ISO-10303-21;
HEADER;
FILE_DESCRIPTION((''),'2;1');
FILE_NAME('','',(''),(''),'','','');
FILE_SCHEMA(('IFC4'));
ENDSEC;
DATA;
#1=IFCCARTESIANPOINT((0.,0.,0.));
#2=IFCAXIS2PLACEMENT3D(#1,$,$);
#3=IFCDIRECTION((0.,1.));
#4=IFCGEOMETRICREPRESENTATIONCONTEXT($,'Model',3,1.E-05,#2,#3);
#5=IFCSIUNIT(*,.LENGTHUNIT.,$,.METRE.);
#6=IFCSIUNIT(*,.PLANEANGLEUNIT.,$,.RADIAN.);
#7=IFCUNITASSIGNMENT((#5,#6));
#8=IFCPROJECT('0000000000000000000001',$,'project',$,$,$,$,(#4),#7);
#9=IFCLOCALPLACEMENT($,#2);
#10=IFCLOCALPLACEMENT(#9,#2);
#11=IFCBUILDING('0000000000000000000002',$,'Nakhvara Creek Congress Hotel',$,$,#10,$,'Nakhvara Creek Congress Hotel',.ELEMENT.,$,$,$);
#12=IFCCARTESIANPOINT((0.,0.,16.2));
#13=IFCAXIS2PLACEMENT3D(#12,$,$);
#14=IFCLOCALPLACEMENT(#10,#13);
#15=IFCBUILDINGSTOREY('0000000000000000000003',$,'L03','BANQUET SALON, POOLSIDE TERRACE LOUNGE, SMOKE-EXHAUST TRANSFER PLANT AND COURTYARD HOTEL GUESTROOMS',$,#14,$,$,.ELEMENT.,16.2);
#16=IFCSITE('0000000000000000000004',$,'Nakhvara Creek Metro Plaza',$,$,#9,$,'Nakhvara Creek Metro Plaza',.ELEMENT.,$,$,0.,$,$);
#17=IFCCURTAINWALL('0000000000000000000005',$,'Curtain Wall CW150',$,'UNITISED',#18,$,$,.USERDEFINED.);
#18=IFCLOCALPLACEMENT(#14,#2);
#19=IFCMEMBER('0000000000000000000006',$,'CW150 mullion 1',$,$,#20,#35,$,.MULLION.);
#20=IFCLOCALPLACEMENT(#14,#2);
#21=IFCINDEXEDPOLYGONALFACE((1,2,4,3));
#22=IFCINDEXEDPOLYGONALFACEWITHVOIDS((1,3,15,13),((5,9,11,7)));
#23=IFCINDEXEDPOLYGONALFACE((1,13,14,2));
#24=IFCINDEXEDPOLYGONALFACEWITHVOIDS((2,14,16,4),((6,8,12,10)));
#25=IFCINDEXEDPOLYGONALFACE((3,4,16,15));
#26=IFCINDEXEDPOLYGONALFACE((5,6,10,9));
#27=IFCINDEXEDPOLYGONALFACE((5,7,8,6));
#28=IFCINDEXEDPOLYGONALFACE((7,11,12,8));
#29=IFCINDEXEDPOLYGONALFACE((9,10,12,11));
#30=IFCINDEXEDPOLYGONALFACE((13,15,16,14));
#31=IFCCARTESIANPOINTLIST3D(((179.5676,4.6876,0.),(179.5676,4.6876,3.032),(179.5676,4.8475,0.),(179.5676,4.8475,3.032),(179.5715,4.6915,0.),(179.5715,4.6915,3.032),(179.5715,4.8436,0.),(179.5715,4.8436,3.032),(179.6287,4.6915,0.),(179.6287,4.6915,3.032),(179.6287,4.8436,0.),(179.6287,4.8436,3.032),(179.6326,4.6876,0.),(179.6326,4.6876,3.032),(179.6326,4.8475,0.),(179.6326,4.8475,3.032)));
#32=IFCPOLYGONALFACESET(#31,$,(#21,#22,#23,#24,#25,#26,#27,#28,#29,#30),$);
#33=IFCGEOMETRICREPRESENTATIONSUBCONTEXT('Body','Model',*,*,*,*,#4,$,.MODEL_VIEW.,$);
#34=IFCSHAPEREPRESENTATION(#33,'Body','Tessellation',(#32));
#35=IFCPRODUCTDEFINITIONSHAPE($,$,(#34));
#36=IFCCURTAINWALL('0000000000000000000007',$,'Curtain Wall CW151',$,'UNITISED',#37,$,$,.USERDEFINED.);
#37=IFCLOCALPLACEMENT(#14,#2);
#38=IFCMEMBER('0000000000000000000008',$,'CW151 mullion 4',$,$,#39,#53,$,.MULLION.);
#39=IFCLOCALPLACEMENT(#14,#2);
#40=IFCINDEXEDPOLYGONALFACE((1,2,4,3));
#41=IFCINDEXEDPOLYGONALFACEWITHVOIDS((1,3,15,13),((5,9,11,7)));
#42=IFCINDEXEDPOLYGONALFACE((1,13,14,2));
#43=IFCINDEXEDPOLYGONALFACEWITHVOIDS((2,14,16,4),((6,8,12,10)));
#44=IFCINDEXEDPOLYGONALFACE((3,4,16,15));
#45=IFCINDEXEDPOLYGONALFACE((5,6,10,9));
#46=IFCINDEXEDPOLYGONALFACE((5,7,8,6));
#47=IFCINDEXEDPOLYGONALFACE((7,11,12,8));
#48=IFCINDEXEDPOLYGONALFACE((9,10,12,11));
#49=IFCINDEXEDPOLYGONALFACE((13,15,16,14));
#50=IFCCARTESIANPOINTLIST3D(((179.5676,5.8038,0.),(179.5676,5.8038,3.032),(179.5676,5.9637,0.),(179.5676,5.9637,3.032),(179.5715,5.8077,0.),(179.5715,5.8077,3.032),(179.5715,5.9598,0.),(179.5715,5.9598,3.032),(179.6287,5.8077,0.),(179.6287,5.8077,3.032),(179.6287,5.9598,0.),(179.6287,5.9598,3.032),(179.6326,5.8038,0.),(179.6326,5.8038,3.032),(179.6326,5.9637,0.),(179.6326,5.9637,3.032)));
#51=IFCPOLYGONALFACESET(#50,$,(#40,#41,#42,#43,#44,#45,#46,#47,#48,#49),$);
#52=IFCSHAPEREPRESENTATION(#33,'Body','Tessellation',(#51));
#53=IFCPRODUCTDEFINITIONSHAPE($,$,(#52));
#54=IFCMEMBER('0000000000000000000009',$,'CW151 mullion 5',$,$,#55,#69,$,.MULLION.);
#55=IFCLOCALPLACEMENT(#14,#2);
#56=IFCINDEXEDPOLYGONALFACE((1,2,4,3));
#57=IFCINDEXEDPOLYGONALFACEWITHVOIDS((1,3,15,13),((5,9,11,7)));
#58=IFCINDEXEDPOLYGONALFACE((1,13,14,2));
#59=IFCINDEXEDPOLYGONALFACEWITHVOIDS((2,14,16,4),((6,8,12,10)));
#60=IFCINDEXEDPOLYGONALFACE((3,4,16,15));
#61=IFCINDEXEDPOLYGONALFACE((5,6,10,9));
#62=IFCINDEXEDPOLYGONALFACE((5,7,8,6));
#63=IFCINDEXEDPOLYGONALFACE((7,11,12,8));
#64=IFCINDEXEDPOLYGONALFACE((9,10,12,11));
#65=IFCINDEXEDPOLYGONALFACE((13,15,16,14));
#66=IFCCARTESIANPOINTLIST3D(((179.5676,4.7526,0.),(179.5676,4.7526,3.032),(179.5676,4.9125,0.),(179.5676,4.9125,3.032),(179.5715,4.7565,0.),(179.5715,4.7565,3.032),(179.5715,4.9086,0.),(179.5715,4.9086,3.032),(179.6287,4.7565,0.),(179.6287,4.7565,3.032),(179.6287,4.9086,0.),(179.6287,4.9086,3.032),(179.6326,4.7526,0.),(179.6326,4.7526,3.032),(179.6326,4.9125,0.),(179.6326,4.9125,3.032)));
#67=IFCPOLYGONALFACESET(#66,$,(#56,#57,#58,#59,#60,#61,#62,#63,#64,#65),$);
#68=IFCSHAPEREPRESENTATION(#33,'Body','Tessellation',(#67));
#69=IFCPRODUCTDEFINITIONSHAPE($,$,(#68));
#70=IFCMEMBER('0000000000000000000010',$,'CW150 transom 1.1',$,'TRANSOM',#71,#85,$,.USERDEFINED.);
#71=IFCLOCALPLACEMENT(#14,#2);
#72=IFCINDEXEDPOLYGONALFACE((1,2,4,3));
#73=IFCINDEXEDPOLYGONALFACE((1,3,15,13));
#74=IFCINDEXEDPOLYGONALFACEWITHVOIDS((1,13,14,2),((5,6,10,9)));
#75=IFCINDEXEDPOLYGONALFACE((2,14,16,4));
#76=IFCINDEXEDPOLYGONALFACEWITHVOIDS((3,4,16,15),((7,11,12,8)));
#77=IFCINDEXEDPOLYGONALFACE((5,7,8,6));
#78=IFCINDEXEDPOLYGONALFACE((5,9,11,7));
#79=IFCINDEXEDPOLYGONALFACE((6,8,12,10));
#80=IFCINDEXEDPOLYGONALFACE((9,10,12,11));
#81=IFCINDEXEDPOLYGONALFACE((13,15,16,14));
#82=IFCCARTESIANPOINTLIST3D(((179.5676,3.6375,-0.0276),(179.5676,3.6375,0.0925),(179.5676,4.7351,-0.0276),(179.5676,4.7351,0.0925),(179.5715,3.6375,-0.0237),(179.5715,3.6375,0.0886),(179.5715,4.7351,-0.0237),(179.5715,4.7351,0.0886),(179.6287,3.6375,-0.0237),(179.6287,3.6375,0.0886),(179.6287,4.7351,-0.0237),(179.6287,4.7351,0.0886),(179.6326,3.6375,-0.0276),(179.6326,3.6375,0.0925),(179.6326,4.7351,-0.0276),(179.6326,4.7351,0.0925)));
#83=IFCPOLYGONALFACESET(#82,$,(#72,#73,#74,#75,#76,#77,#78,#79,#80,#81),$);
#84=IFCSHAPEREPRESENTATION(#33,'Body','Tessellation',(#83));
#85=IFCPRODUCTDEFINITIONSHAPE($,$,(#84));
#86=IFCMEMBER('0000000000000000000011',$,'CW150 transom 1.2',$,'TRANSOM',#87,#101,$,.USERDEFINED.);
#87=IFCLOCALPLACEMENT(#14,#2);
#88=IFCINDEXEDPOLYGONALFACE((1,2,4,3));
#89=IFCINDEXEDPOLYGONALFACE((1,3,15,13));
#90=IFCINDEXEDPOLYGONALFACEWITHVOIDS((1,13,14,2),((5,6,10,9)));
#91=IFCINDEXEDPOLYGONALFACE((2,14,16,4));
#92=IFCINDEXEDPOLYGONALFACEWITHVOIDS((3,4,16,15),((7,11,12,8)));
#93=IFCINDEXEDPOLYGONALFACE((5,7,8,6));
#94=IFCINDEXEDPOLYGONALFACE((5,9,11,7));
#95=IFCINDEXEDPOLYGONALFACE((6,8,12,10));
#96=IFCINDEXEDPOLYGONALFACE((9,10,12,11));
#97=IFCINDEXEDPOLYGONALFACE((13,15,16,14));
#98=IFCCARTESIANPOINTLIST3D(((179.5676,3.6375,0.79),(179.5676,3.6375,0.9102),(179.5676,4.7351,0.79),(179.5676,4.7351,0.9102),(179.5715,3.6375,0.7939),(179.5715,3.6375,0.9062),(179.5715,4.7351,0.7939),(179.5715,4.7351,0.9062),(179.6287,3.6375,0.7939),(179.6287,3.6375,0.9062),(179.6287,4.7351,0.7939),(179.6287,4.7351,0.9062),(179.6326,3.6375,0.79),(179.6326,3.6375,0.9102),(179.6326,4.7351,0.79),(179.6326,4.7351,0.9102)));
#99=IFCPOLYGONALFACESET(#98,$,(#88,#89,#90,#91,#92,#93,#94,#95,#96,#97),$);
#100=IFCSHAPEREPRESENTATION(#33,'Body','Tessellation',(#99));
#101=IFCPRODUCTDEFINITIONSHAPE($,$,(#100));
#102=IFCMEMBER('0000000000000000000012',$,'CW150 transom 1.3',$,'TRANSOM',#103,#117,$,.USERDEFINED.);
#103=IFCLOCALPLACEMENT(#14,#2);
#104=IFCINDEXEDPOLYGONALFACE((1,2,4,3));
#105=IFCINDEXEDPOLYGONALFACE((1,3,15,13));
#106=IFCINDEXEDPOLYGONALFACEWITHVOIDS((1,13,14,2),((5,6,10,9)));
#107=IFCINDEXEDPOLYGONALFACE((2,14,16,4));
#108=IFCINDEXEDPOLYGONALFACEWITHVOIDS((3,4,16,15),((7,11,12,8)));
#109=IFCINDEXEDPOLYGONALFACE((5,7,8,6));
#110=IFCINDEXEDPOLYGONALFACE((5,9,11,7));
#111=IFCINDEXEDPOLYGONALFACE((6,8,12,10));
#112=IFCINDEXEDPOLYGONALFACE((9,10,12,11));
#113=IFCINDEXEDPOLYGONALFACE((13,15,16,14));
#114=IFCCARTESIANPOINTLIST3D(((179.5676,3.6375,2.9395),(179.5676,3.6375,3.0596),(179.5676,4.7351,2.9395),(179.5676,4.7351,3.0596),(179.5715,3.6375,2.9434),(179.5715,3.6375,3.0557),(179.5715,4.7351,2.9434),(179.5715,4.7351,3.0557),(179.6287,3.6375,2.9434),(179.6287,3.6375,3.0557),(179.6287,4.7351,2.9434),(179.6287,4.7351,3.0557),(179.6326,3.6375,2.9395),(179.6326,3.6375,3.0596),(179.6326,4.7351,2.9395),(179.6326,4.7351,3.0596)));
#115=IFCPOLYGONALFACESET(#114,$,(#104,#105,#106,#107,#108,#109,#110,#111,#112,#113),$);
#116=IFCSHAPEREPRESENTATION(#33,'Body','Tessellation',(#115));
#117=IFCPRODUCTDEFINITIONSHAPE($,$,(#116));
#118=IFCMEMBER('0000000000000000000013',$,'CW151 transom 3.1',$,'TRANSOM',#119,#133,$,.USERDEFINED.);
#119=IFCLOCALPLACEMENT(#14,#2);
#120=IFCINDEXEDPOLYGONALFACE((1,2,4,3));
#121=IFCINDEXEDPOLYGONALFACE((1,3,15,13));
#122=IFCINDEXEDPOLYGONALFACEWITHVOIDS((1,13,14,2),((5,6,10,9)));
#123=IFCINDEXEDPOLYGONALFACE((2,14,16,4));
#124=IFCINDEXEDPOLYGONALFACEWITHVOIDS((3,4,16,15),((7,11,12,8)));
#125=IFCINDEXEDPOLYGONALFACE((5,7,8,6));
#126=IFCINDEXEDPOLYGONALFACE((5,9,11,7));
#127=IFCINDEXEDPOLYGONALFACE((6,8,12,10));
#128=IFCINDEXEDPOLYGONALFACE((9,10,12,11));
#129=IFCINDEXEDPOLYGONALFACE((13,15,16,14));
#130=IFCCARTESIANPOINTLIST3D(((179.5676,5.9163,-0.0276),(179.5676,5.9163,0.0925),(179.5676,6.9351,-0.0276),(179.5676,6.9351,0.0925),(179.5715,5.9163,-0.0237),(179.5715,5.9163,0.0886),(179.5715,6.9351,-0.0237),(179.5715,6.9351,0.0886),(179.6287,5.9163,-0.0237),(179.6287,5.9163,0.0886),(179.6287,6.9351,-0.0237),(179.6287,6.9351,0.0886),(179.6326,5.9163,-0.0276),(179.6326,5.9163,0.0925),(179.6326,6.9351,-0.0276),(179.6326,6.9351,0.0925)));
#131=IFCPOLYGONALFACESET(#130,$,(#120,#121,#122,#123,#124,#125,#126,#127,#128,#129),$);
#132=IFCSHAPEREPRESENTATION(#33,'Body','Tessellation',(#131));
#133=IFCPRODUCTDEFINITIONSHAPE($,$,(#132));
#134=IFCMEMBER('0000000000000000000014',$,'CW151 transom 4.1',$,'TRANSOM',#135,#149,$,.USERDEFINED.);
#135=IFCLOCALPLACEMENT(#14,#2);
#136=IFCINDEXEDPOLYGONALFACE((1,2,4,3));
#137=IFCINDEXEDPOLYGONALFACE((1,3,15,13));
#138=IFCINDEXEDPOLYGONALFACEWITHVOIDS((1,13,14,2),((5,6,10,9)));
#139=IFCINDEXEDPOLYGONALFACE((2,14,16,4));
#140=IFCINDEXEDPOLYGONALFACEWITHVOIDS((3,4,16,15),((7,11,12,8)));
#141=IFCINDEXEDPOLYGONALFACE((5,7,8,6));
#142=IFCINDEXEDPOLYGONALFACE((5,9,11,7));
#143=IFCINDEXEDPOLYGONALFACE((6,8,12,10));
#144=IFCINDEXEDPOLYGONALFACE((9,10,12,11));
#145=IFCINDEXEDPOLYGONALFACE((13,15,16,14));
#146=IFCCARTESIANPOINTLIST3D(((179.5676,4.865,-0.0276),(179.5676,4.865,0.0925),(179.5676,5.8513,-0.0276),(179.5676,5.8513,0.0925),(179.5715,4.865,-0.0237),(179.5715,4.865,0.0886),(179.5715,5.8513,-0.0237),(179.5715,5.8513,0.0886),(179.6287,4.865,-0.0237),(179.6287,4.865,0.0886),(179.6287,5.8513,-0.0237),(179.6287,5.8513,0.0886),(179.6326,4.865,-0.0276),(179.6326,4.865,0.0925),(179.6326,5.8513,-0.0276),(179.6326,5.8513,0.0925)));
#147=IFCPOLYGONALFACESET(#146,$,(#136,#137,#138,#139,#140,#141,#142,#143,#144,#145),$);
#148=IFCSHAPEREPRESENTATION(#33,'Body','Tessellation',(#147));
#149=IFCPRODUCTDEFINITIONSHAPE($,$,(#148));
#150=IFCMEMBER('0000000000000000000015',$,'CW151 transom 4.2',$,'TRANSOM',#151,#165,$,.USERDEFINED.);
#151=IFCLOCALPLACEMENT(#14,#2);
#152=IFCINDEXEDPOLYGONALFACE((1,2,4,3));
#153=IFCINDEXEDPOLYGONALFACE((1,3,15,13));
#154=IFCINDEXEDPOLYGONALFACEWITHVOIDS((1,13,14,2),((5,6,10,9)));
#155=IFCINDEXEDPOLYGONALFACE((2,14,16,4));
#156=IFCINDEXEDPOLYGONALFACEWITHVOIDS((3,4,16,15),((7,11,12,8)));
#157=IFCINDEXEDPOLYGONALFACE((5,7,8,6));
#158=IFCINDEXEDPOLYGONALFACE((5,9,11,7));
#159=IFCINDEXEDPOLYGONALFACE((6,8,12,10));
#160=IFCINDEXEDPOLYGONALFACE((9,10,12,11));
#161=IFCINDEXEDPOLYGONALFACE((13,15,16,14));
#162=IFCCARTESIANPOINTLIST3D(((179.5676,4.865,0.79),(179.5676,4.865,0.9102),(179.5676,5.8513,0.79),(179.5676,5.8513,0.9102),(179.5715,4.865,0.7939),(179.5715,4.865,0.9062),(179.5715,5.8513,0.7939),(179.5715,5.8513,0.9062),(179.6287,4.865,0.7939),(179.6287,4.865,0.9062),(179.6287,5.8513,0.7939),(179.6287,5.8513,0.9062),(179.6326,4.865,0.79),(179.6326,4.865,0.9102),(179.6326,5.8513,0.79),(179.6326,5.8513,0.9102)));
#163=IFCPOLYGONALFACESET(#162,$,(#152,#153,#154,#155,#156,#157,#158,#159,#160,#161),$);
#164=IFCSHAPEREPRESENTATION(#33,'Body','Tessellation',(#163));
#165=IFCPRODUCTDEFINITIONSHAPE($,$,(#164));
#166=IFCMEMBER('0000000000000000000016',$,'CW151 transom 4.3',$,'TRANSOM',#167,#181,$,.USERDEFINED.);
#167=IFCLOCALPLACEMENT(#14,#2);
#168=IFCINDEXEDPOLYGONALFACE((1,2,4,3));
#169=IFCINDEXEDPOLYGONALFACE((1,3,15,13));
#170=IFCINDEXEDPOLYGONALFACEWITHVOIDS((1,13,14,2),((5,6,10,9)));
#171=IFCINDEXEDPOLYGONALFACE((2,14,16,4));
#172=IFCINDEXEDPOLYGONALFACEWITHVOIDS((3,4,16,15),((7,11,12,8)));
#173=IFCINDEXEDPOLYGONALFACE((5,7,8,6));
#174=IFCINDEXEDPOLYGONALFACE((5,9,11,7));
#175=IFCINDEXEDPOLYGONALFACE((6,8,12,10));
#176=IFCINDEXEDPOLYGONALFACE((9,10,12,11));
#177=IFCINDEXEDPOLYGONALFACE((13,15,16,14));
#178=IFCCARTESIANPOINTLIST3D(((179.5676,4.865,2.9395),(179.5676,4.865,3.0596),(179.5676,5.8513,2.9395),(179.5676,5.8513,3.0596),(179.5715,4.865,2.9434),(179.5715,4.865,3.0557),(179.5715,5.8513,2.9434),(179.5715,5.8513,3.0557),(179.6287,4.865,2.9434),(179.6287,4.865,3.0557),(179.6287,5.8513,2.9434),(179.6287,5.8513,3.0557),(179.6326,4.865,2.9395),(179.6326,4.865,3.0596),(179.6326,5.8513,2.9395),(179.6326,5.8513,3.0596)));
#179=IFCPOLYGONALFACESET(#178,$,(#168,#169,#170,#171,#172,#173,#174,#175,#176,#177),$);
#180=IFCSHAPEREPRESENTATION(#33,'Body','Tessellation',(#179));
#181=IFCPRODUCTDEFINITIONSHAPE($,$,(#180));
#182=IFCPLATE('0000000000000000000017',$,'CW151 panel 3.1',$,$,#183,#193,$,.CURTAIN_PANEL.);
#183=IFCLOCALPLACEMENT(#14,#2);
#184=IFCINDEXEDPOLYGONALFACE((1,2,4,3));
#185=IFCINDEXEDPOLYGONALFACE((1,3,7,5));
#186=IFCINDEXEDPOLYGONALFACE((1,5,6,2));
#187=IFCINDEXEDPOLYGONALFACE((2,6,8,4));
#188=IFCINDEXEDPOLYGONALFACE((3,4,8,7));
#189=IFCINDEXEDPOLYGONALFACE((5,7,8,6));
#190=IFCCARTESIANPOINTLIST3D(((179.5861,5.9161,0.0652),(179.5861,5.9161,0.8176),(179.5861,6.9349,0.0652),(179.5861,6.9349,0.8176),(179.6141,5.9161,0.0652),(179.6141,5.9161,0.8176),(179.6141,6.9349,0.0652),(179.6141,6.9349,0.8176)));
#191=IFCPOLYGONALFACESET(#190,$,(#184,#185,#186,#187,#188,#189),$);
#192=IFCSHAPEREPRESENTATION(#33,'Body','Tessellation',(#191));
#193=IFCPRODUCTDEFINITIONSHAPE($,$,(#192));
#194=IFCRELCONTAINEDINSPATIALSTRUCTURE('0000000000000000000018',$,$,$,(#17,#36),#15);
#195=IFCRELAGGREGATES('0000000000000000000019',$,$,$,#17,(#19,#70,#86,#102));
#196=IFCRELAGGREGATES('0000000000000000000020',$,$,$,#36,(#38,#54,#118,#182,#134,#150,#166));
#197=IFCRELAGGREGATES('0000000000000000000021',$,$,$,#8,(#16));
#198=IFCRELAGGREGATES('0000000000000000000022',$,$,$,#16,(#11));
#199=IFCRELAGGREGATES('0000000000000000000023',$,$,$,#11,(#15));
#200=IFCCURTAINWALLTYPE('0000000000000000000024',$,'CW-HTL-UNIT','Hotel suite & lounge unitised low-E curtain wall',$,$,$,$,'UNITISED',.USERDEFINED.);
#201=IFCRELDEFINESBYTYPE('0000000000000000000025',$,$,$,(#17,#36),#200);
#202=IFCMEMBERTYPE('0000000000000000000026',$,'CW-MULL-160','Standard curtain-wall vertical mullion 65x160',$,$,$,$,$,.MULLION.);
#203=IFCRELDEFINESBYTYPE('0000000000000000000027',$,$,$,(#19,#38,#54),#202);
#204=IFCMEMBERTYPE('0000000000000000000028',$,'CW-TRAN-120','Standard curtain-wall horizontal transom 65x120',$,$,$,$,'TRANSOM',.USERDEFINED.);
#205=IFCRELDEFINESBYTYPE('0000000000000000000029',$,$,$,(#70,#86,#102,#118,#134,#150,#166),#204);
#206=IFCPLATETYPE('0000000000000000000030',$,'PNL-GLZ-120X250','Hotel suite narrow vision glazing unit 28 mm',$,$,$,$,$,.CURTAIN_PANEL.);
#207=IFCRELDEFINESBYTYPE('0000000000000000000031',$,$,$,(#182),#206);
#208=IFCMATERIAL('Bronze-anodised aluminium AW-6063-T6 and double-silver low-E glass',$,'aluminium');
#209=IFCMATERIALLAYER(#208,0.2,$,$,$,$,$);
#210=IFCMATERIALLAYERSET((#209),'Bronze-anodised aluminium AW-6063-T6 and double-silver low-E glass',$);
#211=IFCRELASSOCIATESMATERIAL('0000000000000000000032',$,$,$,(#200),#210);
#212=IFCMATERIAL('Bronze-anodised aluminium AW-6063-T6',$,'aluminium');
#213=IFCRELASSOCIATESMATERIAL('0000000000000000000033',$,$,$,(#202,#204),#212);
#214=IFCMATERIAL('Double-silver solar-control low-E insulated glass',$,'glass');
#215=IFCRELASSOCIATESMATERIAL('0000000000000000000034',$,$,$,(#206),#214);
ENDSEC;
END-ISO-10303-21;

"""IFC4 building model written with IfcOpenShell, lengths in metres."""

from ifc_helpers import new_model, si_unit, direction, frame, origin, origin_2d, place, context, subcontext, project, spatial, rectangle, hollow_rectangle, extrude, material, layer, layer_set, material_profile, profile_set, type_object, element, aggregate, save


model = new_model("IFC4")

# Units and contexts
model_context = context("Model", 3, precision=1e-05, world=origin(), true_north=direction((0.0, 1.0)))
body_context = subcontext(model_context, "Body", "Model", "MODEL_VIEW")
ifc_project = project(units=[si_unit("LENGTHUNIT", "METRE"), si_unit("PLANEANGLEUNIT", "RADIAN")], contexts=[model_context])

# Site, building, storey
site_placement = place(None, origin())
site = spatial("IfcSite", under=ifc_project, at=site_placement, Name="Nakhvara Creek Metro Plaza", LongName="Nakhvara Creek Metro Plaza", CompositionType="ELEMENT", RefElevation=0.0)
building_placement = place(site_placement, origin())
building = spatial("IfcBuilding", under=site, at=building_placement, Name="Nakhvara Creek Congress Hotel", LongName="Nakhvara Creek Congress Hotel", CompositionType="ELEMENT")
storey_placement = place(building_placement, frame((0.0, 0.0, 16.2)))
storey = spatial("IfcBuildingStorey", under=building, at=storey_placement, Name="L03", Description="BANQUET SALON, POOLSIDE TERRACE LOUNGE, SMOKE-EXHAUST TRANSFER PLANT AND COURTYARD HOTEL GUESTROOMS", CompositionType="ELEMENT", Elevation=16.2)

# Curtain wall, member
ifc_material_1 = material(Name="Bronze-anodised aluminium AW-6063-T6 and double-silver low-E glass", Category="aluminium")
ifc_layer_1 = layer(ifc_material_1, 0.2)
ifc_layer_set_1 = layer_set([ifc_layer_1], Name="Bronze-anodised aluminium AW-6063-T6 and double-silver low-E glass")
curtain_wall_type = type_object("IfcCurtainWallType", Name="CW-HTL-UNIT", Description="Hotel suite & lounge unitised low-E curtain wall", ElementType="UNITISED", PredefinedType="USERDEFINED", material=ifc_layer_set_1)
curtain_wall_1_placement = place(storey_placement, origin())
curtain_wall_1 = element("IfcCurtainWall", 1, at=curtain_wall_1_placement, inside=storey, type_object=curtain_wall_type, Name="Curtain Wall CW150", ObjectType="UNITISED", PredefinedType="USERDEFINED")
ifc_material_2 = material(Name="Bronze-anodised aluminium AW-6063-T6", Category="aluminium")
ifc_material_profile_1 = material_profile(ifc_material_2, hollow_rectangle(XDim=0.0649, YDim=0.1599, WallThickness=0.0039, at=origin_2d()), Name="ALU-MULL 65x160x4", Category="LoadBearing")
ifc_profile_set_1 = profile_set([ifc_material_profile_1], Name="Bronze-anodised aluminium AW-6063-T6")
member_type_1 = type_object("IfcMemberType", Name="CW-MULL-160", Description="Standard curtain-wall vertical mullion 65x160", PredefinedType="MULLION", material=ifc_profile_set_1)
member_1_placement = place(storey_placement, frame((179.6001, 4.7676, 0.0), z_axis=(0.0, 0.0, 1.0), x_axis=(1.0, 0.0, 0.0)))
member_1 = element("IfcMember", 2, at=member_1_placement, type_object=member_type_1, Name="CW150 mullion 1", PredefinedType="MULLION", context=body_context, shape_type="SweptSolid", body=[
    extrude(hollow_rectangle(XDim=0.0649, YDim=0.1599, WallThickness=0.0039, at=origin_2d()), origin(), (0.0, 0.0, 1.0), 3.032),
])

# Curtain wall, members
curtain_wall_2_placement = place(storey_placement, origin())
curtain_wall_2 = element("IfcCurtainWall", 3, at=curtain_wall_2_placement, inside=storey, type_object=curtain_wall_type, Name="Curtain Wall CW151", ObjectType="UNITISED", PredefinedType="USERDEFINED")
member_2_placement = place(storey_placement, frame((179.6001, 5.8838, 0.0), z_axis=(0.0, 0.0, 1.0), x_axis=(1.0, 0.0, 0.0)))
member_2 = element("IfcMember", 4, at=member_2_placement, type_object=member_type_1, Name="CW151 mullion 4", PredefinedType="MULLION", context=body_context, shape_type="SweptSolid", body=[
    extrude(hollow_rectangle(XDim=0.0649, YDim=0.1599, WallThickness=0.0039, at=origin_2d()), origin(), (0.0, 0.0, 1.0), 3.032),
])
member_3_placement = place(storey_placement, frame((179.6001, 4.8325, 0.0), z_axis=(0.0, 0.0, 1.0), x_axis=(1.0, 0.0, 0.0)))
member_3 = element("IfcMember", 5, at=member_3_placement, type_object=member_type_1, Name="CW151 mullion 5", PredefinedType="MULLION", context=body_context, shape_type="SweptSolid", body=[
    extrude(hollow_rectangle(XDim=0.0649, YDim=0.1599, WallThickness=0.0039, at=origin_2d()), origin(), (0.0, 0.0, 1.0), 3.032),
])

# Members
ifc_material_profile_2 = material_profile(ifc_material_2, hollow_rectangle(XDim=0.0649, YDim=0.1201, WallThickness=0.0039, at=origin_2d()), Name="ALU-TRAN 65x120x4", Category="LoadBearing")
ifc_profile_set_2 = profile_set([ifc_material_profile_2], Name="Bronze-anodised aluminium AW-6063-T6")
member_type_2 = type_object("IfcMemberType", Name="CW-TRAN-120", Description="Standard curtain-wall horizontal transom 65x120", ElementType="TRANSOM", PredefinedType="USERDEFINED", material=ifc_profile_set_2)
member_4_placement = place(storey_placement, frame((179.6001, 4.7351, 0.0325), z_axis=(0.0, -1.0, 0.0), x_axis=(1.0, 0.0, 0.0)))
member_4 = element("IfcMember", 6, at=member_4_placement, type_object=member_type_2, Name="CW150 transom 1.1", ObjectType="TRANSOM", PredefinedType="USERDEFINED", context=body_context, shape_type="SweptSolid", body=[
    extrude(hollow_rectangle(XDim=0.0649, YDim=0.1201, WallThickness=0.0039, at=origin_2d()), origin(), (0.0, 0.0, 1.0), 1.0977),
])
member_5_placement = place(storey_placement, frame((179.6001, 4.7351, 0.8501), z_axis=(0.0, -1.0, 0.0), x_axis=(1.0, 0.0, 0.0)))
member_5 = element("IfcMember", 7, at=member_5_placement, type_object=member_type_2, Name="CW150 transom 1.2", ObjectType="TRANSOM", PredefinedType="USERDEFINED", context=body_context, shape_type="SweptSolid", body=[
    extrude(hollow_rectangle(XDim=0.0649, YDim=0.1201, WallThickness=0.0039, at=origin_2d()), origin(), (0.0, 0.0, 1.0), 1.0977),
])
member_6_placement = place(storey_placement, frame((179.6001, 4.7351, 2.9995), z_axis=(0.0, -1.0, 0.0), x_axis=(1.0, 0.0, 0.0)))
member_6 = element("IfcMember", 8, at=member_6_placement, type_object=member_type_2, Name="CW150 transom 1.3", ObjectType="TRANSOM", PredefinedType="USERDEFINED", context=body_context, shape_type="SweptSolid", body=[
    extrude(hollow_rectangle(XDim=0.0649, YDim=0.1201, WallThickness=0.0039, at=origin_2d()), origin(), (0.0, 0.0, 1.0), 1.0977),
])
aggregate(curtain_wall_1, [member_1, member_4, member_5, member_6])
member_7_placement = place(storey_placement, frame((179.6001, 6.9351, 0.0325), z_axis=(0.0, -1.0, 0.0), x_axis=(1.0, 0.0, 0.0)))
member_7 = element("IfcMember", 9, at=member_7_placement, type_object=member_type_2, Name="CW151 transom 3.1", ObjectType="TRANSOM", PredefinedType="USERDEFINED", context=body_context, shape_type="SweptSolid", body=[
    extrude(hollow_rectangle(XDim=0.0649, YDim=0.1201, WallThickness=0.0039, at=origin_2d()), origin(), (0.0, 0.0, 1.0), 1.0188),
])
member_8_placement = place(storey_placement, frame((179.6001, 5.8513, 0.0325), z_axis=(0.0, -1.0, 0.0), x_axis=(1.0, 0.0, 0.0)))
member_8 = element("IfcMember", 10, at=member_8_placement, type_object=member_type_2, Name="CW151 transom 4.1", ObjectType="TRANSOM", PredefinedType="USERDEFINED", context=body_context, shape_type="SweptSolid", body=[
    extrude(hollow_rectangle(XDim=0.0649, YDim=0.1201, WallThickness=0.0039, at=origin_2d()), origin(), (0.0, 0.0, 1.0), 0.9863),
])
member_9_placement = place(storey_placement, frame((179.6001, 5.8513, 0.8501), z_axis=(0.0, -1.0, 0.0), x_axis=(1.0, 0.0, 0.0)))
member_9 = element("IfcMember", 11, at=member_9_placement, type_object=member_type_2, Name="CW151 transom 4.2", ObjectType="TRANSOM", PredefinedType="USERDEFINED", context=body_context, shape_type="SweptSolid", body=[
    extrude(hollow_rectangle(XDim=0.0649, YDim=0.1201, WallThickness=0.0039, at=origin_2d()), origin(), (0.0, 0.0, 1.0), 0.9863),
])
member_10_placement = place(storey_placement, frame((179.6001, 5.8513, 2.9995), z_axis=(0.0, -1.0, 0.0), x_axis=(1.0, 0.0, 0.0)))
member_10 = element("IfcMember", 12, at=member_10_placement, type_object=member_type_2, Name="CW151 transom 4.3", ObjectType="TRANSOM", PredefinedType="USERDEFINED", context=body_context, shape_type="SweptSolid", body=[
    extrude(hollow_rectangle(XDim=0.0649, YDim=0.1201, WallThickness=0.0039, at=origin_2d()), origin(), (0.0, 0.0, 1.0), 0.9863),
])

# Plate
ifc_material_3 = material(Name="Double-silver solar-control low-E insulated glass", Category="glass")
plate_type = type_object("IfcPlateType", Name="PNL-GLZ-120X250", Description="Hotel suite narrow vision glazing unit 28 mm", PredefinedType="CURTAIN_PANEL", material=ifc_material_3)
plate_1_placement = place(storey_placement, frame((179.6001, 6.4255, 0.0652), z_axis=(0.0, 0.0, 1.0), x_axis=(0.0, -1.0, 0.0)))
plate_1 = element("IfcPlate", 13, at=plate_1_placement, type_object=plate_type, Name="CW151 panel 3.1", PredefinedType="CURTAIN_PANEL", context=body_context, shape_type="SweptSolid", body=[
    extrude(rectangle(XDim=1.0188, YDim=0.0281, at=origin_2d()), origin(), (0.0, 0.0, 1.0), 0.7524),
])
aggregate(curtain_wall_2, [member_2, member_3, member_7, plate_1, member_8, member_9, member_10])

save(model, "model.ifc")
